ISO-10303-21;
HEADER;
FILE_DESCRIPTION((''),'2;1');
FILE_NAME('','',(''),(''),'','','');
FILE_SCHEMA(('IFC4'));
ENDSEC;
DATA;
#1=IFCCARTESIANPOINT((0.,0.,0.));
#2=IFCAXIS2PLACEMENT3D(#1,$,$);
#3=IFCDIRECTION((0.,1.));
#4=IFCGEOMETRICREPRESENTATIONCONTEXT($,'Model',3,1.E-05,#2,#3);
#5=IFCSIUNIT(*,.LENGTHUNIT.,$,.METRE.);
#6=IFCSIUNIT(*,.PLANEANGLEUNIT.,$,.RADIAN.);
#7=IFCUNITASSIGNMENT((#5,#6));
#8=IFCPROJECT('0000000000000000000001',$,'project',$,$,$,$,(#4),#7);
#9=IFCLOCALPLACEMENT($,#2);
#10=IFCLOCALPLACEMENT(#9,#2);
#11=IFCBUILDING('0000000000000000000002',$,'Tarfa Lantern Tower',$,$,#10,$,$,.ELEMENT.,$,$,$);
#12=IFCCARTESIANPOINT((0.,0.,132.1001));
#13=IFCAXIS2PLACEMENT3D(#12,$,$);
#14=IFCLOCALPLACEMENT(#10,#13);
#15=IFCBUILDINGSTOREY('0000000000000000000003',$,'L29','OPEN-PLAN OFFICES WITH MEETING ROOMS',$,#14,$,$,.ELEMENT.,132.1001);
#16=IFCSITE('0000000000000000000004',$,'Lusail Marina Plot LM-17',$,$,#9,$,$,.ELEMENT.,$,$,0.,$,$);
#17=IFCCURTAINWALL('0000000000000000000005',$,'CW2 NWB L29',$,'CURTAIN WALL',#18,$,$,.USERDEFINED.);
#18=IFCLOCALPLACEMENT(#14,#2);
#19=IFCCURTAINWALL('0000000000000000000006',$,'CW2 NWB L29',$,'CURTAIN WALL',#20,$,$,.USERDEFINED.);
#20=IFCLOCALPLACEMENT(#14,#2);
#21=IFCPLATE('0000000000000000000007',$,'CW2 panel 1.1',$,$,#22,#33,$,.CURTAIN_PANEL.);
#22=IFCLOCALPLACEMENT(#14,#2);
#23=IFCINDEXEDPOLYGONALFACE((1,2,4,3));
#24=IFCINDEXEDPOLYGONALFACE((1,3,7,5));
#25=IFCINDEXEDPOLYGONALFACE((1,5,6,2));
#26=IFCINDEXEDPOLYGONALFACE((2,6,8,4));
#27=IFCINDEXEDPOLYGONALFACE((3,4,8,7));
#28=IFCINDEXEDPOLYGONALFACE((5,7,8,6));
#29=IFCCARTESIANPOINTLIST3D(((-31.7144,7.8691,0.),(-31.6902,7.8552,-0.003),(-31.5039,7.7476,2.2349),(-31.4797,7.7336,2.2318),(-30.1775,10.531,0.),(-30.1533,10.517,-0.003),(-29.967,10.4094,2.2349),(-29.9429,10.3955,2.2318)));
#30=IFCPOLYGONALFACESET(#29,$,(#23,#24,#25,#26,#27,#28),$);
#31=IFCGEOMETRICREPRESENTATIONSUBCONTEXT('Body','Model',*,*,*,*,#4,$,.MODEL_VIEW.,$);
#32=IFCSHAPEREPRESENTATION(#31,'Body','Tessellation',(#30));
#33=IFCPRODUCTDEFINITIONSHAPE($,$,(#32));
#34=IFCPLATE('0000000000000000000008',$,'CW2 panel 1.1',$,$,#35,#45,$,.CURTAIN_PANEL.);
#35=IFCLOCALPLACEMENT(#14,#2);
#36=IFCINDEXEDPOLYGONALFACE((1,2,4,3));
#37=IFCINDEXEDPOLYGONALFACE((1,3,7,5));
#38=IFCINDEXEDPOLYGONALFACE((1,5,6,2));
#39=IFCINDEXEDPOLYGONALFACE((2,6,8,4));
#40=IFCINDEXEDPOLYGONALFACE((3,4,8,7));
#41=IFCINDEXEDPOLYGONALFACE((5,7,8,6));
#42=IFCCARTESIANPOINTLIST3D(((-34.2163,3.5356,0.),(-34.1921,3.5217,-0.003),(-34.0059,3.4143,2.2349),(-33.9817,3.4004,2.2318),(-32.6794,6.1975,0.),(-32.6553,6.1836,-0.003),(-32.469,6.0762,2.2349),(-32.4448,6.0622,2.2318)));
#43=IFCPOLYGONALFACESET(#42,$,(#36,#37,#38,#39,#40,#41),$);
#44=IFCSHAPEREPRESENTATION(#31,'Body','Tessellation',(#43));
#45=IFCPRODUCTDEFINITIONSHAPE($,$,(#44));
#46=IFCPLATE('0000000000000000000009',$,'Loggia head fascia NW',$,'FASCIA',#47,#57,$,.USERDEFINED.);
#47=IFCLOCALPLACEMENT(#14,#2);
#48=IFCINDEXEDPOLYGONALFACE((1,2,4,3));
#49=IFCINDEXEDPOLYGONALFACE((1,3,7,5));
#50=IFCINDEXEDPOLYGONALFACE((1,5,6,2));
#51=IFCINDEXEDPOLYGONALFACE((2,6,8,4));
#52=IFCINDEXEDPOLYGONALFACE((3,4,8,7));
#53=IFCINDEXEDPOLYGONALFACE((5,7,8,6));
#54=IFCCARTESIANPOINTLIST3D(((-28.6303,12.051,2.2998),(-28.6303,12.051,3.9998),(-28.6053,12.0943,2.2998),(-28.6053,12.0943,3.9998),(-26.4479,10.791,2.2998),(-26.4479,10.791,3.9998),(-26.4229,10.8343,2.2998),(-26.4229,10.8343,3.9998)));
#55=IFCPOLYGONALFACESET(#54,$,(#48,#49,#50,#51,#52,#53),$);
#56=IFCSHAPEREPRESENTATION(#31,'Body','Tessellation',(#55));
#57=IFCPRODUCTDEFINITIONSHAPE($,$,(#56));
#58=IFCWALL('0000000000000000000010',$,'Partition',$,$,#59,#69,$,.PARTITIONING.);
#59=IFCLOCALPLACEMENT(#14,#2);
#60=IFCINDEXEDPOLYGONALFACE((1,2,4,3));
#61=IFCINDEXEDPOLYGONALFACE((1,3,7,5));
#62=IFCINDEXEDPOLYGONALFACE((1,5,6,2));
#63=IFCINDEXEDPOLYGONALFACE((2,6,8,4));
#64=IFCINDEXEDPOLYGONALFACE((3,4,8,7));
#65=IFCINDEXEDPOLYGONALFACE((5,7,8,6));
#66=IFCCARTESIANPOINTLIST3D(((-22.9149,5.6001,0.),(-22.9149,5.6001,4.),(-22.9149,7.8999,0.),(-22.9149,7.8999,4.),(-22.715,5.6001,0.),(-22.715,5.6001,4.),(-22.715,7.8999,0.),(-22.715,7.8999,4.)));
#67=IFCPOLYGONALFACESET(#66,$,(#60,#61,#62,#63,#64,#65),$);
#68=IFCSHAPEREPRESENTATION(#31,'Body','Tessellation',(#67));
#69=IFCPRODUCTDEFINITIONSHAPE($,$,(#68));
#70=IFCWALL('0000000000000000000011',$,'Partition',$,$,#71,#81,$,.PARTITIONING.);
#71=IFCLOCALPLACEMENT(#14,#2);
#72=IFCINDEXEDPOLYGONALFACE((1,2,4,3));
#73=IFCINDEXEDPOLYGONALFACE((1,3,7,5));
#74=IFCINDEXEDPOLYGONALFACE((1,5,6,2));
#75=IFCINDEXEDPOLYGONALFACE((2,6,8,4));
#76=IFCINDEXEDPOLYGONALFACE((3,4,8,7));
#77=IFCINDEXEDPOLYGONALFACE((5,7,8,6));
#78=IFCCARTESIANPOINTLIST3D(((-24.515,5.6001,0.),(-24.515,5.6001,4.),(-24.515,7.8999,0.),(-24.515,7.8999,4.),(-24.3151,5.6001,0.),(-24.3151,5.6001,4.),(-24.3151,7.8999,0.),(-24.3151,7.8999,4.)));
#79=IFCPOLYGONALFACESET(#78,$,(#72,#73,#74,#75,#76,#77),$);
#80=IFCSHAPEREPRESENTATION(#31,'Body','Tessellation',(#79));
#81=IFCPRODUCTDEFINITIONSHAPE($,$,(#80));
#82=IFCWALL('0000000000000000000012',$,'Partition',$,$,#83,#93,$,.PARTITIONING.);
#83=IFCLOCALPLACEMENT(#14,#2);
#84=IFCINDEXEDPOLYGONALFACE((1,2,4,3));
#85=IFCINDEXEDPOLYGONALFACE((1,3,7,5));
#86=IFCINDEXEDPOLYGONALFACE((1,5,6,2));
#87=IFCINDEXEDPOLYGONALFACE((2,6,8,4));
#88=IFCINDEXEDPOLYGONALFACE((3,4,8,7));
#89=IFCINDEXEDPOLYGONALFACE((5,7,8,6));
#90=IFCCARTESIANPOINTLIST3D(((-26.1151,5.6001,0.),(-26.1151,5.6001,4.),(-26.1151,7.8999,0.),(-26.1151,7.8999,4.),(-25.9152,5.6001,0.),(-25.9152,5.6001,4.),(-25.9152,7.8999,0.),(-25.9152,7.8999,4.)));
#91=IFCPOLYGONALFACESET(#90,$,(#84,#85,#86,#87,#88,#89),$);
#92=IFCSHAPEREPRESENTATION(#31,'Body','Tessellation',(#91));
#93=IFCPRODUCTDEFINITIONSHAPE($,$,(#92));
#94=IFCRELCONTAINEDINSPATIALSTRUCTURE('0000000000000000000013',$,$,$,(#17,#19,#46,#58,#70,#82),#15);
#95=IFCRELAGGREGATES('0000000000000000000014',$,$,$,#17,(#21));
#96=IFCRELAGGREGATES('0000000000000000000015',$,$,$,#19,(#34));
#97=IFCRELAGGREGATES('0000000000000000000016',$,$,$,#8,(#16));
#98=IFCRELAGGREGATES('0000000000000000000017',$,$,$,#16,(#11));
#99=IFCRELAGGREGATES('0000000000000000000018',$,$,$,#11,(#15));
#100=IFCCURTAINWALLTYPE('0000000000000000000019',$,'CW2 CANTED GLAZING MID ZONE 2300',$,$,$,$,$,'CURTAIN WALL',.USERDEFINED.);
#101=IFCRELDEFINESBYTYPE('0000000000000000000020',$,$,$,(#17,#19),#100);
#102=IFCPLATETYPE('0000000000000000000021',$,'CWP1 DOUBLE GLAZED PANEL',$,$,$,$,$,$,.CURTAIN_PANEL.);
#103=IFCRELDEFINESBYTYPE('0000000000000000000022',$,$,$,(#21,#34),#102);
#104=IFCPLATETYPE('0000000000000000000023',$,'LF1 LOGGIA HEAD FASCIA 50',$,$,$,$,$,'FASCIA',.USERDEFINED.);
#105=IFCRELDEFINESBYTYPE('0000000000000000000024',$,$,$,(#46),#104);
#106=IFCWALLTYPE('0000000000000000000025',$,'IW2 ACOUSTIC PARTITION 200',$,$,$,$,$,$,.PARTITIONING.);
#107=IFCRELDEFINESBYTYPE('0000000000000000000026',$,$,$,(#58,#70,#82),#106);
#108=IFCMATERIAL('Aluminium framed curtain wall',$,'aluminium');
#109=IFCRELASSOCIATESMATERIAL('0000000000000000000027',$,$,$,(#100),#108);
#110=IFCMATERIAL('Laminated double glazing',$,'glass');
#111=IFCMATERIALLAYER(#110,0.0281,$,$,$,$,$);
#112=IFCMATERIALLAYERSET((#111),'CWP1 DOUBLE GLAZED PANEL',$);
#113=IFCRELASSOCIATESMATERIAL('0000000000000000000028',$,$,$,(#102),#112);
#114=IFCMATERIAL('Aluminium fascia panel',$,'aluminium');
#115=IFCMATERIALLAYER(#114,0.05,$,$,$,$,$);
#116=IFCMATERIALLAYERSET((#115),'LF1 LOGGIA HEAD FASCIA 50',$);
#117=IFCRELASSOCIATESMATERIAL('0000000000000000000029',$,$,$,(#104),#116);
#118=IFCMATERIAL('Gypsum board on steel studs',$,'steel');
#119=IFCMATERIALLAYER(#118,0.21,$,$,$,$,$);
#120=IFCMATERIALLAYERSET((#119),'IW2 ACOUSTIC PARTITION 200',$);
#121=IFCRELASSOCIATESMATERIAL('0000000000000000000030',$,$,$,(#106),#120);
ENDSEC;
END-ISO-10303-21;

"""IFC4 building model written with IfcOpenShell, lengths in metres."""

from ifc_helpers import new_model, si_unit, direction, frame, frame_2d, origin, origin_2d, place, context, subcontext, project, spatial, polyline, rectangle, outline, extrude, material, layer, layer_set, type_object, element, aggregate, save


model = new_model("IFC4")

# Units and contexts
model_context = context("Model", 3, precision=1e-05, world=origin(), true_north=direction((0.0, 1.0)))
body_context = subcontext(model_context, "Body", "Model", "MODEL_VIEW")
ifc_project = project(units=[si_unit("LENGTHUNIT", "METRE"), si_unit("PLANEANGLEUNIT", "RADIAN")], contexts=[model_context])

# Site, building, storey
site_placement = place(None, origin())
site = spatial("IfcSite", under=ifc_project, at=site_placement, Name="Lusail Marina Plot LM-17", CompositionType="ELEMENT", RefElevation=0.0)
building_placement = place(site_placement, origin())
building = spatial("IfcBuilding", under=site, at=building_placement, Name="Tarfa Lantern Tower", CompositionType="ELEMENT")
storey_placement = place(building_placement, frame((0.0, 0.0, 132.1001)))
storey = spatial("IfcBuildingStorey", under=building, at=storey_placement, Name="L29", Description="OPEN-PLAN OFFICES WITH MEETING ROOMS", CompositionType="ELEMENT", Elevation=132.1001)

# Curtain walls
ifc_material_1 = material(Name="Aluminium framed curtain wall", Category="aluminium")
curtain_wall_type_1 = type_object("IfcCurtainWallType", Name="CW2 CANTED GLAZING MID ZONE 2300", ElementType="CURTAIN WALL", PredefinedType="USERDEFINED", material=ifc_material_1)
curtain_wall_1_placement = place(storey_placement, origin())
curtain_wall_1 = element("IfcCurtainWall", 1, at=curtain_wall_1_placement, inside=storey, type_object=curtain_wall_type_1, Name="CW2 NWB L29", ObjectType="CURTAIN WALL", PredefinedType="USERDEFINED")
curtain_wall_2_placement = place(storey_placement, origin())
curtain_wall_2 = element("IfcCurtainWall", 2, at=curtain_wall_2_placement, inside=storey, type_object=curtain_wall_type_1, Name="CW2 NWB L29", ObjectType="CURTAIN WALL", PredefinedType="USERDEFINED")

# Plates
ifc_material_2 = material(Name="Laminated double glazing", Category="glass")
ifc_layer_1 = layer(ifc_material_2, 0.0281)
ifc_layer_set_1 = layer_set([ifc_layer_1], Name="CWP1 DOUBLE GLAZED PANEL")
plate_type_1 = type_object("IfcPlateType", Name="CWP1 DOUBLE GLAZED PANEL", PredefinedType="CURTAIN_PANEL", material=ifc_layer_set_1)
plate_1_placement = place(storey_placement, frame((-30.1775, 10.531, 0.0), z_axis=(-0.860944, 0.497078, 0.108114), x_axis=(-0.500009, -0.86602, 0.0)))
plate_1 = element("IfcPlate", 3, at=plate_1_placement, type_object=plate_type_1, Name="CW2 panel 1.1", PredefinedType="CURTAIN_PANEL", context=body_context, shape_type="SweptSolid", body=[
    extrude(outline(polyline([(0.0, 0.0), (3.0737, 0.0), (3.0737, 2.248), (0.0001, 2.248), (0.0, 0.0)])), origin(), (0.0, 0.0, -1.0), 0.0281),
])
aggregate(curtain_wall_1, [plate_1])
plate_2_placement = place(storey_placement, frame((-32.6794, 6.1975, 0.0), z_axis=(-0.860949, 0.497081, 0.108061), x_axis=(-0.500009, -0.86602, 0.0)))
plate_2 = element("IfcPlate", 4, at=plate_2_placement, type_object=plate_type_1, Name="CW2 panel 1.1", PredefinedType="CURTAIN_PANEL", context=body_context, shape_type="SweptSolid", body=[
    extrude(outline(polyline([(0.0, 0.0), (3.0737, 0.0), (3.0735, 2.248), (-0.0001, 2.248), (0.0, 0.0)])), origin(), (0.0, 0.0, -1.0), 0.0281),
])
aggregate(curtain_wall_2, [plate_2])
ifc_material_3 = material(Name="Aluminium fascia panel", Category="aluminium")
ifc_layer_2 = layer(ifc_material_3, 0.05)
ifc_layer_set_2 = layer_set([ifc_layer_2], Name="LF1 LOGGIA HEAD FASCIA 50")
plate_type_2 = type_object("IfcPlateType", Name="LF1 LOGGIA HEAD FASCIA 50", ElementType="FASCIA", PredefinedType="USERDEFINED", material=ifc_layer_set_2)
plate_3_placement = place(storey_placement, frame((-27.5266, 11.4426, 2.2998), z_axis=(0.0, 0.0, 1.0), x_axis=(0.866025, -0.5, 0.0)))
element("IfcPlate", 5, at=plate_3_placement, inside=storey, type_object=plate_type_2, Name="Loggia head fascia NW", ObjectType="FASCIA", PredefinedType="USERDEFINED", context=body_context, shape_type="SweptSolid", body=[
    extrude(rectangle(XDim=2.52, YDim=0.05, at=origin_2d()), origin(), (0.0, 0.0, 1.0), 1.7),
])

# Walls
ifc_material_4 = material(Name="Gypsum board on steel studs", Category="steel")
ifc_layer_3 = layer(ifc_material_4, 0.21)
ifc_layer_set_3 = layer_set([ifc_layer_3], Name="IW2 ACOUSTIC PARTITION 200")
wall_type = type_object("IfcWallType", Name="IW2 ACOUSTIC PARTITION 200", PredefinedType="PARTITIONING", material=ifc_layer_set_3)
for number, where, z_axis, x_axis, name in (
    (6, (-22.8149, 7.8999, 0.0), (0.0, 0.0, 1.0), (0.0, -1.0, 0.0), "Partition"),
    (7, (-24.415, 7.8999, 0.0), (0.0, 0.0, 1.0), (0.0, -1.0, 0.0), "Partition"),
    (8, (-26.0151, 7.8999, 0.0), (0.0, 0.0, 1.0), (0.0, -1.0, 0.0), "Partition"),
):
    element("IfcWall", number, at=place(storey_placement, frame(where, z_axis=z_axis, x_axis=x_axis)), inside=storey, type_object=wall_type, Name=name, PredefinedType="PARTITIONING", context=body_context, shape_type="SweptSolid", body=[
        extrude(rectangle(XDim=2.2998, YDim=0.2, at=frame_2d((1.1499, 0.0))), origin(), (0.0, 0.0, 1.0), 4.0),
    ])

save(model, "model.ifc")
